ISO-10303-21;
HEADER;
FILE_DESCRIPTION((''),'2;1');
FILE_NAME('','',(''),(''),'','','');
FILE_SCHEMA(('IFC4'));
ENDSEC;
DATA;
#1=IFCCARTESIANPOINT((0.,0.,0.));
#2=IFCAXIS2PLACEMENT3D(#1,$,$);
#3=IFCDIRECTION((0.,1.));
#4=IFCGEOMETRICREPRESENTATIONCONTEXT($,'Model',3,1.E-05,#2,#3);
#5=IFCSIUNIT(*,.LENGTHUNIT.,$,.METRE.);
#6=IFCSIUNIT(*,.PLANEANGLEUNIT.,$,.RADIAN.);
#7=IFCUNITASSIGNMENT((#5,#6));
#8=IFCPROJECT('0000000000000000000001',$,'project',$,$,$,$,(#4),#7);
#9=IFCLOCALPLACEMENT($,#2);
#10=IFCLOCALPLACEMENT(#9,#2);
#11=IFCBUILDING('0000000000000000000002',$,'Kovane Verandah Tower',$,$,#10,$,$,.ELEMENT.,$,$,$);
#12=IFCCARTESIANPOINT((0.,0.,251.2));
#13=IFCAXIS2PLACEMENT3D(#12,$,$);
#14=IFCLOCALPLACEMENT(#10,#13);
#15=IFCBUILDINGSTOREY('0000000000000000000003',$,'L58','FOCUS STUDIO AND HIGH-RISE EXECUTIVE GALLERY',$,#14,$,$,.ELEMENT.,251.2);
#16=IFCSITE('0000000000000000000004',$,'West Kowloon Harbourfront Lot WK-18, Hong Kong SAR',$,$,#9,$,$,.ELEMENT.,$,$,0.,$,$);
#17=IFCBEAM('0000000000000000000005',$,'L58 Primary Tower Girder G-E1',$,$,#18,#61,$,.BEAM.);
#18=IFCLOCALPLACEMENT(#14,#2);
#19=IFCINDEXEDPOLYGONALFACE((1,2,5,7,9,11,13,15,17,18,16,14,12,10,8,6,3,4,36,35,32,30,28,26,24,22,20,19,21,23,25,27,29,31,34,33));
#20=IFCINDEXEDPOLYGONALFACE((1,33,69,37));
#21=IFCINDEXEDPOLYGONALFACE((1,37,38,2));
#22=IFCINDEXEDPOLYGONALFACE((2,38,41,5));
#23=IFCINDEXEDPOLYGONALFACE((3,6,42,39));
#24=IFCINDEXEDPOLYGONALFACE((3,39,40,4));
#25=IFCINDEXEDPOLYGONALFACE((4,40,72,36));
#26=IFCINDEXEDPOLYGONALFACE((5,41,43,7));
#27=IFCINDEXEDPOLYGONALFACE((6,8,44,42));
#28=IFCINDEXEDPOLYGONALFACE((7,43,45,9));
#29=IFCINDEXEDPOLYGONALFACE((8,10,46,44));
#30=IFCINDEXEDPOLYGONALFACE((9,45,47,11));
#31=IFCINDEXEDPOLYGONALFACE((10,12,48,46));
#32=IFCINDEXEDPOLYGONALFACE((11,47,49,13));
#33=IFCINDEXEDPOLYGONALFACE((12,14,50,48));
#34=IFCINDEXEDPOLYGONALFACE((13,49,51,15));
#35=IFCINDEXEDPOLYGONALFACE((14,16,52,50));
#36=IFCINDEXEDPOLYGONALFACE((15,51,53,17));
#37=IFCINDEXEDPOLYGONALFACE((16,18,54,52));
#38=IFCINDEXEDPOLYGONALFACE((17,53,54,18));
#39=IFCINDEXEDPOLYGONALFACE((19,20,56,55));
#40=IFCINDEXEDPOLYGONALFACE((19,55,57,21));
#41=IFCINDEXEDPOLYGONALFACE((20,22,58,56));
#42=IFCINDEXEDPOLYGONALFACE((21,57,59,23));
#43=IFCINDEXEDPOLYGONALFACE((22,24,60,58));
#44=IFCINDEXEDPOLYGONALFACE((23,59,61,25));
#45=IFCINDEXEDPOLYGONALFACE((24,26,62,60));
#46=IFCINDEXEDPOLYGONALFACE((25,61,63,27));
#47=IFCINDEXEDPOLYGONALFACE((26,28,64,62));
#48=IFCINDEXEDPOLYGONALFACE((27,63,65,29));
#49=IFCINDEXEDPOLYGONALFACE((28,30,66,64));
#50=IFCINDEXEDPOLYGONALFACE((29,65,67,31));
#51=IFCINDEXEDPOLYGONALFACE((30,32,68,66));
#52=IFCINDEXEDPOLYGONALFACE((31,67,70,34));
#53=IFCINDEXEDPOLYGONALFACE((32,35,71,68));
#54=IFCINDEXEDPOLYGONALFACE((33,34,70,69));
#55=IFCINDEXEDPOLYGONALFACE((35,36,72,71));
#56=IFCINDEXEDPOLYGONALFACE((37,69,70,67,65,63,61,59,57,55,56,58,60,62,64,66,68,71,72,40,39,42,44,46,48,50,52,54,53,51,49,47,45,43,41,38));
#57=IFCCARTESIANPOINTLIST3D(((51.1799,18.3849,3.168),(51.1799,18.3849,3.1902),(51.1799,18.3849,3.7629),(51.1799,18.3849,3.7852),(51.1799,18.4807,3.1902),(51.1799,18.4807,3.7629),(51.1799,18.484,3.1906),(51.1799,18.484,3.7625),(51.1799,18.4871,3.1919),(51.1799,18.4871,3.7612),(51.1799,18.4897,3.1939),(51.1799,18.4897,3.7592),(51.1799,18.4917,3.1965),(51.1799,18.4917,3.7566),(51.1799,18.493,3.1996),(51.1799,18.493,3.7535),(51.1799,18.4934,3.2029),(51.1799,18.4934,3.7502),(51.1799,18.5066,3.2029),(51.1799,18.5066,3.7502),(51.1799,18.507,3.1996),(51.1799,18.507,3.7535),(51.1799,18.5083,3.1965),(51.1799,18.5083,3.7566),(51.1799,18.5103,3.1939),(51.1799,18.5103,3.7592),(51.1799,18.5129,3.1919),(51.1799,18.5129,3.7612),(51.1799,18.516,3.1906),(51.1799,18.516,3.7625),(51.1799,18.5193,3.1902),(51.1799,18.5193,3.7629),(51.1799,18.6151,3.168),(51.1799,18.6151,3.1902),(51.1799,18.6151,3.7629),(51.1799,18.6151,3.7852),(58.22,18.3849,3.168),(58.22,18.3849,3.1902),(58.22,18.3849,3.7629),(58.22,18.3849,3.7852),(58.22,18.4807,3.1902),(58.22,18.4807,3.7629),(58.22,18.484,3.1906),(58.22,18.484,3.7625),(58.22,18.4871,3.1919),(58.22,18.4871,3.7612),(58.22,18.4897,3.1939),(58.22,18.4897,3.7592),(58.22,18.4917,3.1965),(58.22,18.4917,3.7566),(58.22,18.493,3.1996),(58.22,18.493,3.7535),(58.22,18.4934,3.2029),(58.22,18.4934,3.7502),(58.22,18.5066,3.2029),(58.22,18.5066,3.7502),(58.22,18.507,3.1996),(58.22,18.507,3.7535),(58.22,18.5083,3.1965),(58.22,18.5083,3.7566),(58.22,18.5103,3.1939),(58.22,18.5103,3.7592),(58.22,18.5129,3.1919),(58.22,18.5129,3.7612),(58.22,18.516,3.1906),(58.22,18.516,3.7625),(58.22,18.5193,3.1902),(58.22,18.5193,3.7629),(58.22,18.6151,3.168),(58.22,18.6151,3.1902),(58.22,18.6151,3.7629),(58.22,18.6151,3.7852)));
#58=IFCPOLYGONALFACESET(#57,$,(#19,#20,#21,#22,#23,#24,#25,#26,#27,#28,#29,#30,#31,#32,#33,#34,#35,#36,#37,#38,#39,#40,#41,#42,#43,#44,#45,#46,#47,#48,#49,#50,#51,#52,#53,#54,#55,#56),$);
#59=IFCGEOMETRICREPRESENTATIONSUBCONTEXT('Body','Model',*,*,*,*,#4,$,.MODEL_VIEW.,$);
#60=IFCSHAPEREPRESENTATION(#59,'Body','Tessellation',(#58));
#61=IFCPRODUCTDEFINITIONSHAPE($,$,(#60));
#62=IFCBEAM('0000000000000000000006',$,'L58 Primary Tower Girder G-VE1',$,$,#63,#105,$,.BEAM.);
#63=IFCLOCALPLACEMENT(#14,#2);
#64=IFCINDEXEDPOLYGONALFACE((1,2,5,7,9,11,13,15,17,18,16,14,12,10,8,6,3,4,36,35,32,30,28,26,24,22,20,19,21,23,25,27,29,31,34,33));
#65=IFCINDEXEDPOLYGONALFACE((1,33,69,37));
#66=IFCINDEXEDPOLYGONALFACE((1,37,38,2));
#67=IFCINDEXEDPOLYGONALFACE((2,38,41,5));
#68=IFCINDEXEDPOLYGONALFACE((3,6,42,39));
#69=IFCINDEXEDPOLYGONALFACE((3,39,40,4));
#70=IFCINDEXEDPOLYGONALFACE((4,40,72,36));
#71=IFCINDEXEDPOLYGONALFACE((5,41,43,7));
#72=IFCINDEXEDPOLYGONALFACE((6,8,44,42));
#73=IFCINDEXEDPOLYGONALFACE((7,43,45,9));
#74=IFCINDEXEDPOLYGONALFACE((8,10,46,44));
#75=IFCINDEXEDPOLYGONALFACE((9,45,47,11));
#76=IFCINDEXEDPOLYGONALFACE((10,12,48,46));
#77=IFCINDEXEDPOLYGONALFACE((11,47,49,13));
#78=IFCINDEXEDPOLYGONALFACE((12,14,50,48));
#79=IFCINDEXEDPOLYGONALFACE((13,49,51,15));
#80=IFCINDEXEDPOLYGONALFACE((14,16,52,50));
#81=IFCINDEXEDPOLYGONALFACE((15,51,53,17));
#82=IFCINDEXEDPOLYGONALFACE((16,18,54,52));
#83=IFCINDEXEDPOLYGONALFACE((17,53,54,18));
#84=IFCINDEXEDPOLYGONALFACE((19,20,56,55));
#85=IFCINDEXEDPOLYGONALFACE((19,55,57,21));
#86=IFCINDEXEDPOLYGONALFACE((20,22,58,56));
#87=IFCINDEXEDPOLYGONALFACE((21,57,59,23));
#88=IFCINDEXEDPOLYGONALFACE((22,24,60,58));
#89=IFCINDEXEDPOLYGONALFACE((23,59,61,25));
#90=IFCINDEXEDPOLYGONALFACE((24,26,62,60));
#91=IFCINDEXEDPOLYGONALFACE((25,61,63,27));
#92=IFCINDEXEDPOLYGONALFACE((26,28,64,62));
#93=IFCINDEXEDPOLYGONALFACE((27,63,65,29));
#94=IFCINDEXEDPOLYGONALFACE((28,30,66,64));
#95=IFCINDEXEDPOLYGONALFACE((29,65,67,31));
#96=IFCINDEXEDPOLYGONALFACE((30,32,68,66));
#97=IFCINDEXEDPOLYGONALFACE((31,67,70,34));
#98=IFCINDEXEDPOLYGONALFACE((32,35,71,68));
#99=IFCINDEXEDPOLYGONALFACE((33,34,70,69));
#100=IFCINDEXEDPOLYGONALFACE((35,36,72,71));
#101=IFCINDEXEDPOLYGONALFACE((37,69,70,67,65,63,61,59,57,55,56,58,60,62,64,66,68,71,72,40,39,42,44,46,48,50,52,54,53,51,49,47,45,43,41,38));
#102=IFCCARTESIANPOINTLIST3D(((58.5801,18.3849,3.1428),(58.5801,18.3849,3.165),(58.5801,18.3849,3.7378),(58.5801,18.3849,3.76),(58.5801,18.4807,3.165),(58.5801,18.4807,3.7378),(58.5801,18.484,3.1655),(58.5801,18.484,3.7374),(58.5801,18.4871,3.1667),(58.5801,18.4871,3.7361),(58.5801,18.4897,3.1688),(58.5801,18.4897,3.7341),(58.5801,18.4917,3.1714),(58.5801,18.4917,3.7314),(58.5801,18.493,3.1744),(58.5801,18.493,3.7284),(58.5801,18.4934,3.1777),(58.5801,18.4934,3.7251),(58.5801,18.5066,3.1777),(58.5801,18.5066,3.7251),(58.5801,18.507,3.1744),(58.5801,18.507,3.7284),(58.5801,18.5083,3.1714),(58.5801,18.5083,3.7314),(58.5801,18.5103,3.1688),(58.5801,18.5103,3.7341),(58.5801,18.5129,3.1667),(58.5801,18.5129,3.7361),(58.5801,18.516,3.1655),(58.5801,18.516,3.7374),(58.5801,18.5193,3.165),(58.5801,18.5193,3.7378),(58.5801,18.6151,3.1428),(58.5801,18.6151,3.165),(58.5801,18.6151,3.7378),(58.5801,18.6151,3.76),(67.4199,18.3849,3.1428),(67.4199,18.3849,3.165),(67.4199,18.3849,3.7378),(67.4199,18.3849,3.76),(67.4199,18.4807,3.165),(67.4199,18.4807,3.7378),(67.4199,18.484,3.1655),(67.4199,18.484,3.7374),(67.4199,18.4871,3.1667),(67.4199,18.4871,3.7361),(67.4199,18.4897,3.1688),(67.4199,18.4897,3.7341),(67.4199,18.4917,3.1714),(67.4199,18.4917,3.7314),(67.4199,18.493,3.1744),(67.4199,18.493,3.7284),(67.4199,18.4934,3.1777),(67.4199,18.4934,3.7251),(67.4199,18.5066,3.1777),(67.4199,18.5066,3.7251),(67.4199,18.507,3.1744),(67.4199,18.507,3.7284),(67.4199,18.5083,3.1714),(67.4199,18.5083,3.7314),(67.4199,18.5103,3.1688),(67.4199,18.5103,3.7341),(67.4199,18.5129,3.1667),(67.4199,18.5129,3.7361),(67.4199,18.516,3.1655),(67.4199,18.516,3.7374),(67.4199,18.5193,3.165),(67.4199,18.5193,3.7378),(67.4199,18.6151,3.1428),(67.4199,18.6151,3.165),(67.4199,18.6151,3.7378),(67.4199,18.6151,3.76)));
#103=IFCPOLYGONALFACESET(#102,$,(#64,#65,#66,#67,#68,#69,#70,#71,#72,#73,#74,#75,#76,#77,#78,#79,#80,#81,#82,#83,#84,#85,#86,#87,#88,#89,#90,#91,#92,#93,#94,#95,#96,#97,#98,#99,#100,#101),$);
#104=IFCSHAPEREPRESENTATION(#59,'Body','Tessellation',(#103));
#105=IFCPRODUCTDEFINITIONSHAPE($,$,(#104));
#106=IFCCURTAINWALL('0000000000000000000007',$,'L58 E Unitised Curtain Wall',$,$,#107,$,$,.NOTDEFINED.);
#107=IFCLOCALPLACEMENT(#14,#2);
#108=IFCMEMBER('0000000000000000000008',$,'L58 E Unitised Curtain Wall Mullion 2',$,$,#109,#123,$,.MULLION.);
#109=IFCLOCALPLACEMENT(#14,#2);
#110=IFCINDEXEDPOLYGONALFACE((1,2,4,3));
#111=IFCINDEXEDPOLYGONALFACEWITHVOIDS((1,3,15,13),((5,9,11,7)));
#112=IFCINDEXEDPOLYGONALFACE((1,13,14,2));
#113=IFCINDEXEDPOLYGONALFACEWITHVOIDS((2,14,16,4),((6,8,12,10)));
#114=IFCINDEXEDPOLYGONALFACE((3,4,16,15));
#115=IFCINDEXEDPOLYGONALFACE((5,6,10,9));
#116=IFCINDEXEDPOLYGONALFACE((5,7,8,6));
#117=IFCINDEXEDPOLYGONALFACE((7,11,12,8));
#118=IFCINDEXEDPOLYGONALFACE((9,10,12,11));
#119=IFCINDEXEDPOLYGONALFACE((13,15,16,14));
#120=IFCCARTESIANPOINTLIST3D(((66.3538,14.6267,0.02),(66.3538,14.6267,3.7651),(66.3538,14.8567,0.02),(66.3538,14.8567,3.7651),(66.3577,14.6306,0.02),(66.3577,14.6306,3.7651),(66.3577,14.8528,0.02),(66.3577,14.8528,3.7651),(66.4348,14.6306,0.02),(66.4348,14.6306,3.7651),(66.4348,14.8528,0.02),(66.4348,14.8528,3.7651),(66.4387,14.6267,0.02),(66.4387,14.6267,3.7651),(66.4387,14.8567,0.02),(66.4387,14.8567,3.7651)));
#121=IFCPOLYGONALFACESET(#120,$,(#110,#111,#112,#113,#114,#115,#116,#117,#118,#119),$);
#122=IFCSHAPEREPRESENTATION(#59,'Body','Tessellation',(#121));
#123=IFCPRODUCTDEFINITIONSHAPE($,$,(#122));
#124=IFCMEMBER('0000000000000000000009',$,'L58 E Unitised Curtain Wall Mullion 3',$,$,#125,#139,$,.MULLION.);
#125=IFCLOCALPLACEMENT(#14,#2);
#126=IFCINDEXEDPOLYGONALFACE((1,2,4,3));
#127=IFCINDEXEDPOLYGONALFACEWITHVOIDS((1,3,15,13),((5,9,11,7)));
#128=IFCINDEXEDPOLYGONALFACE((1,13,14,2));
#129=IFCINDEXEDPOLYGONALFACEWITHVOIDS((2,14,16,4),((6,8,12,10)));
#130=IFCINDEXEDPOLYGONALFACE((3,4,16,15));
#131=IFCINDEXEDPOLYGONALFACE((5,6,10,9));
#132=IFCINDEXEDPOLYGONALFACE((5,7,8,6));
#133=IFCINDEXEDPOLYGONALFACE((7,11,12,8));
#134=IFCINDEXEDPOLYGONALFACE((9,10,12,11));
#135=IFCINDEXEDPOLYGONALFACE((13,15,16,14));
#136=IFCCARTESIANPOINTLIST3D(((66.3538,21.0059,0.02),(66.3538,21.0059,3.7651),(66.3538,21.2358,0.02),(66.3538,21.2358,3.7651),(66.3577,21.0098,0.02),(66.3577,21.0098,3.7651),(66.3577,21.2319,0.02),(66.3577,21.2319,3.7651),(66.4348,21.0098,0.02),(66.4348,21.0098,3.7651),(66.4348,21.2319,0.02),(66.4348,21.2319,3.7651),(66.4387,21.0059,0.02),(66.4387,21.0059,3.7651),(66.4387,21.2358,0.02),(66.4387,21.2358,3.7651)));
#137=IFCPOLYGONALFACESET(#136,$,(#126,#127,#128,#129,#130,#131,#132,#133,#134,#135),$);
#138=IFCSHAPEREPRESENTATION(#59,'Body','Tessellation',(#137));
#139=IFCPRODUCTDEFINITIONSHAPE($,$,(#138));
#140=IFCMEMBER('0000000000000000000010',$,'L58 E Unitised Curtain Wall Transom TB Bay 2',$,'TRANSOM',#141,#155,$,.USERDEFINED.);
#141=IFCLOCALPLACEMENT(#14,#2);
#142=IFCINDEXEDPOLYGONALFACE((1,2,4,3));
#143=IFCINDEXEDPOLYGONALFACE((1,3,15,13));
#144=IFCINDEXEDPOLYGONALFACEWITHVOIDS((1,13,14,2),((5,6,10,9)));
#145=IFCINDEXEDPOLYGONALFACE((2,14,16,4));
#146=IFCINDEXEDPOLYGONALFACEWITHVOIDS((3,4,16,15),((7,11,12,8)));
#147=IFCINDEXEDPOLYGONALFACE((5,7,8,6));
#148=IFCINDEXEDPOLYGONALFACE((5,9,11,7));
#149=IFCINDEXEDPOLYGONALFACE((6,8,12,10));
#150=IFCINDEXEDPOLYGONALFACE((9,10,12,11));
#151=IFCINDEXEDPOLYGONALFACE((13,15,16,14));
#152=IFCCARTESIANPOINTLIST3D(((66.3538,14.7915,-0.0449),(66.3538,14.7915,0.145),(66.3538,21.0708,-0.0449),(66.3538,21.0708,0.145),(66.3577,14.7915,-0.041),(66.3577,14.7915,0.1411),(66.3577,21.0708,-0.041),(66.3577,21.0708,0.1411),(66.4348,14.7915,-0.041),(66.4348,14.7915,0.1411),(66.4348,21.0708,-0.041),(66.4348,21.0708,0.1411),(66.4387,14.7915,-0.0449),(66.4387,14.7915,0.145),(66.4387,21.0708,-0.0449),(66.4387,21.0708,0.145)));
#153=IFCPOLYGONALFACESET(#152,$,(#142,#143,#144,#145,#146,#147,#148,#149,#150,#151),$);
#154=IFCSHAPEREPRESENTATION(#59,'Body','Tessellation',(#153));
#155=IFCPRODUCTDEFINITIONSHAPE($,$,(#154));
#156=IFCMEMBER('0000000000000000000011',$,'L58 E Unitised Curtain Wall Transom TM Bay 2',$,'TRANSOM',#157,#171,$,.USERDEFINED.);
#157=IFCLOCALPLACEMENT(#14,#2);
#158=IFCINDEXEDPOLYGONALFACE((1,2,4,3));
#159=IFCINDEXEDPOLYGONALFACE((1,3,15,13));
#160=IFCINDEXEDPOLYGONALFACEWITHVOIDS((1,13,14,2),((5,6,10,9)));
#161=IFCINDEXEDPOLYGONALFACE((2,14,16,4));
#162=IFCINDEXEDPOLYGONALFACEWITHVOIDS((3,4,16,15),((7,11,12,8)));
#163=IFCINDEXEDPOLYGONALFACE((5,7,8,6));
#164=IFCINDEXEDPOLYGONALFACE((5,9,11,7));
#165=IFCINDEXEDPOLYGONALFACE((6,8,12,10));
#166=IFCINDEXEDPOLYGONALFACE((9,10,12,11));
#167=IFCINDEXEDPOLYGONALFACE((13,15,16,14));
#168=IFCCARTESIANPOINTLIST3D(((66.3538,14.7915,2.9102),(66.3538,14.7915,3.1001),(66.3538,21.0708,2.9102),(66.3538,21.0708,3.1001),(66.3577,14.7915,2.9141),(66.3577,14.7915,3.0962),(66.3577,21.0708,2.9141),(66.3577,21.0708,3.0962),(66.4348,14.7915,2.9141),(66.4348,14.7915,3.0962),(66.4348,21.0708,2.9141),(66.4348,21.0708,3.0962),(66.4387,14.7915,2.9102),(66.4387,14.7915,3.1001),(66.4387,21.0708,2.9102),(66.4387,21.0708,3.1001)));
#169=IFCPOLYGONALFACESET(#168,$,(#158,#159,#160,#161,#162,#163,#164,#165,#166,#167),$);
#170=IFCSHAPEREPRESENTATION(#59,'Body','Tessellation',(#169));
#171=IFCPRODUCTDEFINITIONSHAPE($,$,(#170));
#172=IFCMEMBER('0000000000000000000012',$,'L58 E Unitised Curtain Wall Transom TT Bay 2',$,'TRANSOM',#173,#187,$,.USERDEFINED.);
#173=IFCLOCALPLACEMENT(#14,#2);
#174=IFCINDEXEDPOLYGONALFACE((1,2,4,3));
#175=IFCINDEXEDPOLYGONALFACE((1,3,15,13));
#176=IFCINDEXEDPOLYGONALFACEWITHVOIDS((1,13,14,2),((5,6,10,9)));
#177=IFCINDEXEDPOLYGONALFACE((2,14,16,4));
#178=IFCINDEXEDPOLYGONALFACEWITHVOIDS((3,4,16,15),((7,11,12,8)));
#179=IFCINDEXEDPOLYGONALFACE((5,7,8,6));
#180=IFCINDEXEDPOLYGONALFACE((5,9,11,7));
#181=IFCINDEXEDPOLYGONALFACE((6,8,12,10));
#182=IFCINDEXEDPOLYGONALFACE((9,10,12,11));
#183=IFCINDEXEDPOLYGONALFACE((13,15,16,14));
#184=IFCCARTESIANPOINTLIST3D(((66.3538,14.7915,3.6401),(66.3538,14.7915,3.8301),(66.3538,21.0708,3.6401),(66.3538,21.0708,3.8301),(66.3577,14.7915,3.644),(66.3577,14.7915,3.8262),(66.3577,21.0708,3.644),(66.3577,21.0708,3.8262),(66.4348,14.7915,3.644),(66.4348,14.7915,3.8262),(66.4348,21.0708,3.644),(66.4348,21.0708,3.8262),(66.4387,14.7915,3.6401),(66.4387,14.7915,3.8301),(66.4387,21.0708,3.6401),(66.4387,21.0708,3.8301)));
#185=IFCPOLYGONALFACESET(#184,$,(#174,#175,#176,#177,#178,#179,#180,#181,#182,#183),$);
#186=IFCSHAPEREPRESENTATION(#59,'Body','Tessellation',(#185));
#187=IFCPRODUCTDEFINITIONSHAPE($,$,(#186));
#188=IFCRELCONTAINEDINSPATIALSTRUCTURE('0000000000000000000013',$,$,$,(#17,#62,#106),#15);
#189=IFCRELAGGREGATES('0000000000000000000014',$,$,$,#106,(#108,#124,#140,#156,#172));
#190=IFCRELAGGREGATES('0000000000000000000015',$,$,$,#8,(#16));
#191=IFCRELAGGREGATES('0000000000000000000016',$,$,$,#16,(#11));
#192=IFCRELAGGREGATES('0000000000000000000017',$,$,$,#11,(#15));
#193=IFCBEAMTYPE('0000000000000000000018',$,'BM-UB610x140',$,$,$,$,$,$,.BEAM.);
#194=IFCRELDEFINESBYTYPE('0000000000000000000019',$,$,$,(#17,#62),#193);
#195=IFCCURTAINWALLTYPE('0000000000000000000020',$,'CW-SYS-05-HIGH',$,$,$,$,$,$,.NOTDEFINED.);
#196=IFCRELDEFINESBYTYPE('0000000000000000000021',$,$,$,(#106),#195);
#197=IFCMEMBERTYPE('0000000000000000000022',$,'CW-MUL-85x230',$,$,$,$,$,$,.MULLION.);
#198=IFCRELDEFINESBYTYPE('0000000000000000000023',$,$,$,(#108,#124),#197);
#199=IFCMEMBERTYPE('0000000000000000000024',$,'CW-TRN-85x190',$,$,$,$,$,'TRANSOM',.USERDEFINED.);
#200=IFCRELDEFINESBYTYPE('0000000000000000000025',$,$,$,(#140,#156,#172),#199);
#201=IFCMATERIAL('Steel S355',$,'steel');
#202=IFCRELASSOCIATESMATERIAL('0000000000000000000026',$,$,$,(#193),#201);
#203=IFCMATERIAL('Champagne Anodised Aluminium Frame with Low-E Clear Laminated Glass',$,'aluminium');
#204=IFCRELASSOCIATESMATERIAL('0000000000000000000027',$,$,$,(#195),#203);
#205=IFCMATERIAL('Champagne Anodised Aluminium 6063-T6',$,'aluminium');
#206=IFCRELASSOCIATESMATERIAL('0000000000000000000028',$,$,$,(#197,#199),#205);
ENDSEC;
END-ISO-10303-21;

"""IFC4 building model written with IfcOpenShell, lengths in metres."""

from ifc_helpers import new_model, si_unit, direction, frame, origin, origin_2d, place, context, subcontext, project, spatial, hollow_rectangle, i_section, extrude, material, material_profile, profile_set, type_object, element, aggregate, save


model = new_model("IFC4")

# Units and contexts
model_context = context("Model", 3, precision=1e-05, world=origin(), true_north=direction((0.0, 1.0)))
body_context = subcontext(model_context, "Body", "Model", "MODEL_VIEW")
ifc_project = project(units=[si_unit("LENGTHUNIT", "METRE"), si_unit("PLANEANGLEUNIT", "RADIAN")], contexts=[model_context])

# Site, building, storey
site_placement = place(None, origin())
site = spatial("IfcSite", under=ifc_project, at=site_placement, Name="West Kowloon Harbourfront Lot WK-18, Hong Kong SAR", CompositionType="ELEMENT", RefElevation=0.0)
building_placement = place(site_placement, origin())
building = spatial("IfcBuilding", under=site, at=building_placement, Name="Kovane Verandah Tower", CompositionType="ELEMENT")
storey_placement = place(building_placement, frame((0.0, 0.0, 251.2)))
storey = spatial("IfcBuildingStorey", under=building, at=storey_placement, Name="L58", Description="FOCUS STUDIO AND HIGH-RISE EXECUTIVE GALLERY", CompositionType="ELEMENT", Elevation=251.2)

# Beams
ifc_material_1 = material(Name="Steel S355", Category="steel")
ifc_material_profile_1 = material_profile(ifc_material_1, i_section(OverallWidth=0.2302, OverallDepth=0.6172, WebThickness=0.0132, FlangeThickness=0.0222, FilletRadius=0.0127, at=origin_2d()), Name="UB610x229x140")
ifc_profile_set_1 = profile_set([ifc_material_profile_1], Name="Steel S355")
beam_type_1 = type_object("IfcBeamType", Name="BM-UB610x140", PredefinedType="BEAM", material=ifc_profile_set_1)
beam_1_placement = place(storey_placement, frame((51.1799, 18.5, 3.4766), z_axis=(1.0, 0.0, 0.0), x_axis=(0.0, 1.0, 0.0)))
element("IfcBeam", 1, at=beam_1_placement, inside=storey, type_object=beam_type_1, Name="L58 Primary Tower Girder G-E1", PredefinedType="BEAM", context=body_context, shape_type="SweptSolid", body=[
    extrude(i_section(OverallWidth=0.2302, OverallDepth=0.6172, WebThickness=0.0132, FlangeThickness=0.0222, FilletRadius=0.0127, at=origin_2d()), origin(), (0.0, 0.0, 1.0), 7.04),
])
beam_2_placement = place(storey_placement, frame((58.5801, 18.5, 3.4514), z_axis=(1.0, 0.0, 0.0), x_axis=(0.0, 1.0, 0.0)))
element("IfcBeam", 2, at=beam_2_placement, inside=storey, type_object=beam_type_1, Name="L58 Primary Tower Girder G-VE1", PredefinedType="BEAM", context=body_context, shape_type="SweptSolid", body=[
    extrude(i_section(OverallWidth=0.2302, OverallDepth=0.6172, WebThickness=0.0132, FlangeThickness=0.0222, FilletRadius=0.0127, at=origin_2d()), origin(), (0.0, 0.0, 1.0), 8.8398),
])

# Curtain wall, members
ifc_material_2 = material(Name="Champagne Anodised Aluminium Frame with Low-E Clear Laminated Glass", Category="aluminium")
curtain_wall_type = type_object("IfcCurtainWallType", Name="CW-SYS-05-HIGH", PredefinedType="NOTDEFINED", material=ifc_material_2)
curtain_wall_placement = place(storey_placement, origin())
curtain_wall = element("IfcCurtainWall", 3, at=curtain_wall_placement, inside=storey, type_object=curtain_wall_type, Name="L58 E Unitised Curtain Wall", PredefinedType="NOTDEFINED")
ifc_material_3 = material(Name="Champagne Anodised Aluminium 6063-T6", Category="aluminium")
ifc_material_profile_2 = material_profile(ifc_material_3, hollow_rectangle(XDim=0.085, YDim=0.23, WallThickness=0.0039, at=origin_2d()), Name="AL85x230x4")
ifc_profile_set_2 = profile_set([ifc_material_profile_2], Name="Champagne Anodised Aluminium 6063-T6")
member_type_1 = type_object("IfcMemberType", Name="CW-MUL-85x230", PredefinedType="MULLION", material=ifc_profile_set_2)
member_1_placement = place(storey_placement, frame((66.3962, 14.7417, 0.02), z_axis=(0.0, 0.0, 1.0), x_axis=(1.0, 0.0, 0.0)))
member_1 = element("IfcMember", 4, at=member_1_placement, type_object=member_type_1, Name="L58 E Unitised Curtain Wall Mullion 2", PredefinedType="MULLION", context=body_context, shape_type="SweptSolid", body=[
    extrude(hollow_rectangle(XDim=0.085, YDim=0.23, WallThickness=0.0039, at=origin_2d()), origin(), (0.0, 0.0, 1.0), 3.7451),
])
member_2_placement = place(storey_placement, frame((66.3962, 21.1208, 0.02), z_axis=(0.0, 0.0, 1.0), x_axis=(1.0, 0.0, 0.0)))
member_2 = element("IfcMember", 5, at=member_2_placement, type_object=member_type_1, Name="L58 E Unitised Curtain Wall Mullion 3", PredefinedType="MULLION", context=body_context, shape_type="SweptSolid", body=[
    extrude(hollow_rectangle(XDim=0.085, YDim=0.23, WallThickness=0.0039, at=origin_2d()), origin(), (0.0, 0.0, 1.0), 3.7451),
])
ifc_material_profile_3 = material_profile(ifc_material_3, hollow_rectangle(XDim=0.085, YDim=0.1899, WallThickness=0.0039, at=origin_2d()), Name="AL85x190x4")
ifc_profile_set_3 = profile_set([ifc_material_profile_3], Name="Champagne Anodised Aluminium 6063-T6")
member_type_2 = type_object("IfcMemberType", Name="CW-TRN-85x190", ElementType="TRANSOM", PredefinedType="USERDEFINED", material=ifc_profile_set_3)
member_3_placement = place(storey_placement, frame((66.3962, 14.7915, 0.05), z_axis=(0.0, 1.0, 0.0), x_axis=(-1.0, 0.0, 0.0)))
member_3 = element("IfcMember", 6, at=member_3_placement, type_object=member_type_2, Name="L58 E Unitised Curtain Wall Transom TB Bay 2", ObjectType="TRANSOM", PredefinedType="USERDEFINED", context=body_context, shape_type="SweptSolid", body=[
    extrude(hollow_rectangle(XDim=0.085, YDim=0.1899, WallThickness=0.0039, at=origin_2d()), origin(), (0.0, 0.0, 1.0), 6.2793),
])
member_4_placement = place(storey_placement, frame((66.3962, 14.7915, 3.0051), z_axis=(0.0, 1.0, 0.0), x_axis=(-1.0, 0.0, 0.0)))
member_4 = element("IfcMember", 7, at=member_4_placement, type_object=member_type_2, Name="L58 E Unitised Curtain Wall Transom TM Bay 2", ObjectType="TRANSOM", PredefinedType="USERDEFINED", context=body_context, shape_type="SweptSolid", body=[
    extrude(hollow_rectangle(XDim=0.085, YDim=0.1899, WallThickness=0.0039, at=origin_2d()), origin(), (0.0, 0.0, 1.0), 6.2793),
])
member_5_placement = place(storey_placement, frame((66.3962, 14.7915, 3.7351), z_axis=(0.0, 1.0, 0.0), x_axis=(-1.0, 0.0, 0.0)))
member_5 = element("IfcMember", 8, at=member_5_placement, type_object=member_type_2, Name="L58 E Unitised Curtain Wall Transom TT Bay 2", ObjectType="TRANSOM", PredefinedType="USERDEFINED", context=body_context, shape_type="SweptSolid", body=[
    extrude(hollow_rectangle(XDim=0.085, YDim=0.1899, WallThickness=0.0039, at=origin_2d()), origin(), (0.0, 0.0, 1.0), 6.2793),
])

aggregate(curtain_wall, [member_1, member_2, member_3, member_4, member_5])

save(model, "model.ifc")
